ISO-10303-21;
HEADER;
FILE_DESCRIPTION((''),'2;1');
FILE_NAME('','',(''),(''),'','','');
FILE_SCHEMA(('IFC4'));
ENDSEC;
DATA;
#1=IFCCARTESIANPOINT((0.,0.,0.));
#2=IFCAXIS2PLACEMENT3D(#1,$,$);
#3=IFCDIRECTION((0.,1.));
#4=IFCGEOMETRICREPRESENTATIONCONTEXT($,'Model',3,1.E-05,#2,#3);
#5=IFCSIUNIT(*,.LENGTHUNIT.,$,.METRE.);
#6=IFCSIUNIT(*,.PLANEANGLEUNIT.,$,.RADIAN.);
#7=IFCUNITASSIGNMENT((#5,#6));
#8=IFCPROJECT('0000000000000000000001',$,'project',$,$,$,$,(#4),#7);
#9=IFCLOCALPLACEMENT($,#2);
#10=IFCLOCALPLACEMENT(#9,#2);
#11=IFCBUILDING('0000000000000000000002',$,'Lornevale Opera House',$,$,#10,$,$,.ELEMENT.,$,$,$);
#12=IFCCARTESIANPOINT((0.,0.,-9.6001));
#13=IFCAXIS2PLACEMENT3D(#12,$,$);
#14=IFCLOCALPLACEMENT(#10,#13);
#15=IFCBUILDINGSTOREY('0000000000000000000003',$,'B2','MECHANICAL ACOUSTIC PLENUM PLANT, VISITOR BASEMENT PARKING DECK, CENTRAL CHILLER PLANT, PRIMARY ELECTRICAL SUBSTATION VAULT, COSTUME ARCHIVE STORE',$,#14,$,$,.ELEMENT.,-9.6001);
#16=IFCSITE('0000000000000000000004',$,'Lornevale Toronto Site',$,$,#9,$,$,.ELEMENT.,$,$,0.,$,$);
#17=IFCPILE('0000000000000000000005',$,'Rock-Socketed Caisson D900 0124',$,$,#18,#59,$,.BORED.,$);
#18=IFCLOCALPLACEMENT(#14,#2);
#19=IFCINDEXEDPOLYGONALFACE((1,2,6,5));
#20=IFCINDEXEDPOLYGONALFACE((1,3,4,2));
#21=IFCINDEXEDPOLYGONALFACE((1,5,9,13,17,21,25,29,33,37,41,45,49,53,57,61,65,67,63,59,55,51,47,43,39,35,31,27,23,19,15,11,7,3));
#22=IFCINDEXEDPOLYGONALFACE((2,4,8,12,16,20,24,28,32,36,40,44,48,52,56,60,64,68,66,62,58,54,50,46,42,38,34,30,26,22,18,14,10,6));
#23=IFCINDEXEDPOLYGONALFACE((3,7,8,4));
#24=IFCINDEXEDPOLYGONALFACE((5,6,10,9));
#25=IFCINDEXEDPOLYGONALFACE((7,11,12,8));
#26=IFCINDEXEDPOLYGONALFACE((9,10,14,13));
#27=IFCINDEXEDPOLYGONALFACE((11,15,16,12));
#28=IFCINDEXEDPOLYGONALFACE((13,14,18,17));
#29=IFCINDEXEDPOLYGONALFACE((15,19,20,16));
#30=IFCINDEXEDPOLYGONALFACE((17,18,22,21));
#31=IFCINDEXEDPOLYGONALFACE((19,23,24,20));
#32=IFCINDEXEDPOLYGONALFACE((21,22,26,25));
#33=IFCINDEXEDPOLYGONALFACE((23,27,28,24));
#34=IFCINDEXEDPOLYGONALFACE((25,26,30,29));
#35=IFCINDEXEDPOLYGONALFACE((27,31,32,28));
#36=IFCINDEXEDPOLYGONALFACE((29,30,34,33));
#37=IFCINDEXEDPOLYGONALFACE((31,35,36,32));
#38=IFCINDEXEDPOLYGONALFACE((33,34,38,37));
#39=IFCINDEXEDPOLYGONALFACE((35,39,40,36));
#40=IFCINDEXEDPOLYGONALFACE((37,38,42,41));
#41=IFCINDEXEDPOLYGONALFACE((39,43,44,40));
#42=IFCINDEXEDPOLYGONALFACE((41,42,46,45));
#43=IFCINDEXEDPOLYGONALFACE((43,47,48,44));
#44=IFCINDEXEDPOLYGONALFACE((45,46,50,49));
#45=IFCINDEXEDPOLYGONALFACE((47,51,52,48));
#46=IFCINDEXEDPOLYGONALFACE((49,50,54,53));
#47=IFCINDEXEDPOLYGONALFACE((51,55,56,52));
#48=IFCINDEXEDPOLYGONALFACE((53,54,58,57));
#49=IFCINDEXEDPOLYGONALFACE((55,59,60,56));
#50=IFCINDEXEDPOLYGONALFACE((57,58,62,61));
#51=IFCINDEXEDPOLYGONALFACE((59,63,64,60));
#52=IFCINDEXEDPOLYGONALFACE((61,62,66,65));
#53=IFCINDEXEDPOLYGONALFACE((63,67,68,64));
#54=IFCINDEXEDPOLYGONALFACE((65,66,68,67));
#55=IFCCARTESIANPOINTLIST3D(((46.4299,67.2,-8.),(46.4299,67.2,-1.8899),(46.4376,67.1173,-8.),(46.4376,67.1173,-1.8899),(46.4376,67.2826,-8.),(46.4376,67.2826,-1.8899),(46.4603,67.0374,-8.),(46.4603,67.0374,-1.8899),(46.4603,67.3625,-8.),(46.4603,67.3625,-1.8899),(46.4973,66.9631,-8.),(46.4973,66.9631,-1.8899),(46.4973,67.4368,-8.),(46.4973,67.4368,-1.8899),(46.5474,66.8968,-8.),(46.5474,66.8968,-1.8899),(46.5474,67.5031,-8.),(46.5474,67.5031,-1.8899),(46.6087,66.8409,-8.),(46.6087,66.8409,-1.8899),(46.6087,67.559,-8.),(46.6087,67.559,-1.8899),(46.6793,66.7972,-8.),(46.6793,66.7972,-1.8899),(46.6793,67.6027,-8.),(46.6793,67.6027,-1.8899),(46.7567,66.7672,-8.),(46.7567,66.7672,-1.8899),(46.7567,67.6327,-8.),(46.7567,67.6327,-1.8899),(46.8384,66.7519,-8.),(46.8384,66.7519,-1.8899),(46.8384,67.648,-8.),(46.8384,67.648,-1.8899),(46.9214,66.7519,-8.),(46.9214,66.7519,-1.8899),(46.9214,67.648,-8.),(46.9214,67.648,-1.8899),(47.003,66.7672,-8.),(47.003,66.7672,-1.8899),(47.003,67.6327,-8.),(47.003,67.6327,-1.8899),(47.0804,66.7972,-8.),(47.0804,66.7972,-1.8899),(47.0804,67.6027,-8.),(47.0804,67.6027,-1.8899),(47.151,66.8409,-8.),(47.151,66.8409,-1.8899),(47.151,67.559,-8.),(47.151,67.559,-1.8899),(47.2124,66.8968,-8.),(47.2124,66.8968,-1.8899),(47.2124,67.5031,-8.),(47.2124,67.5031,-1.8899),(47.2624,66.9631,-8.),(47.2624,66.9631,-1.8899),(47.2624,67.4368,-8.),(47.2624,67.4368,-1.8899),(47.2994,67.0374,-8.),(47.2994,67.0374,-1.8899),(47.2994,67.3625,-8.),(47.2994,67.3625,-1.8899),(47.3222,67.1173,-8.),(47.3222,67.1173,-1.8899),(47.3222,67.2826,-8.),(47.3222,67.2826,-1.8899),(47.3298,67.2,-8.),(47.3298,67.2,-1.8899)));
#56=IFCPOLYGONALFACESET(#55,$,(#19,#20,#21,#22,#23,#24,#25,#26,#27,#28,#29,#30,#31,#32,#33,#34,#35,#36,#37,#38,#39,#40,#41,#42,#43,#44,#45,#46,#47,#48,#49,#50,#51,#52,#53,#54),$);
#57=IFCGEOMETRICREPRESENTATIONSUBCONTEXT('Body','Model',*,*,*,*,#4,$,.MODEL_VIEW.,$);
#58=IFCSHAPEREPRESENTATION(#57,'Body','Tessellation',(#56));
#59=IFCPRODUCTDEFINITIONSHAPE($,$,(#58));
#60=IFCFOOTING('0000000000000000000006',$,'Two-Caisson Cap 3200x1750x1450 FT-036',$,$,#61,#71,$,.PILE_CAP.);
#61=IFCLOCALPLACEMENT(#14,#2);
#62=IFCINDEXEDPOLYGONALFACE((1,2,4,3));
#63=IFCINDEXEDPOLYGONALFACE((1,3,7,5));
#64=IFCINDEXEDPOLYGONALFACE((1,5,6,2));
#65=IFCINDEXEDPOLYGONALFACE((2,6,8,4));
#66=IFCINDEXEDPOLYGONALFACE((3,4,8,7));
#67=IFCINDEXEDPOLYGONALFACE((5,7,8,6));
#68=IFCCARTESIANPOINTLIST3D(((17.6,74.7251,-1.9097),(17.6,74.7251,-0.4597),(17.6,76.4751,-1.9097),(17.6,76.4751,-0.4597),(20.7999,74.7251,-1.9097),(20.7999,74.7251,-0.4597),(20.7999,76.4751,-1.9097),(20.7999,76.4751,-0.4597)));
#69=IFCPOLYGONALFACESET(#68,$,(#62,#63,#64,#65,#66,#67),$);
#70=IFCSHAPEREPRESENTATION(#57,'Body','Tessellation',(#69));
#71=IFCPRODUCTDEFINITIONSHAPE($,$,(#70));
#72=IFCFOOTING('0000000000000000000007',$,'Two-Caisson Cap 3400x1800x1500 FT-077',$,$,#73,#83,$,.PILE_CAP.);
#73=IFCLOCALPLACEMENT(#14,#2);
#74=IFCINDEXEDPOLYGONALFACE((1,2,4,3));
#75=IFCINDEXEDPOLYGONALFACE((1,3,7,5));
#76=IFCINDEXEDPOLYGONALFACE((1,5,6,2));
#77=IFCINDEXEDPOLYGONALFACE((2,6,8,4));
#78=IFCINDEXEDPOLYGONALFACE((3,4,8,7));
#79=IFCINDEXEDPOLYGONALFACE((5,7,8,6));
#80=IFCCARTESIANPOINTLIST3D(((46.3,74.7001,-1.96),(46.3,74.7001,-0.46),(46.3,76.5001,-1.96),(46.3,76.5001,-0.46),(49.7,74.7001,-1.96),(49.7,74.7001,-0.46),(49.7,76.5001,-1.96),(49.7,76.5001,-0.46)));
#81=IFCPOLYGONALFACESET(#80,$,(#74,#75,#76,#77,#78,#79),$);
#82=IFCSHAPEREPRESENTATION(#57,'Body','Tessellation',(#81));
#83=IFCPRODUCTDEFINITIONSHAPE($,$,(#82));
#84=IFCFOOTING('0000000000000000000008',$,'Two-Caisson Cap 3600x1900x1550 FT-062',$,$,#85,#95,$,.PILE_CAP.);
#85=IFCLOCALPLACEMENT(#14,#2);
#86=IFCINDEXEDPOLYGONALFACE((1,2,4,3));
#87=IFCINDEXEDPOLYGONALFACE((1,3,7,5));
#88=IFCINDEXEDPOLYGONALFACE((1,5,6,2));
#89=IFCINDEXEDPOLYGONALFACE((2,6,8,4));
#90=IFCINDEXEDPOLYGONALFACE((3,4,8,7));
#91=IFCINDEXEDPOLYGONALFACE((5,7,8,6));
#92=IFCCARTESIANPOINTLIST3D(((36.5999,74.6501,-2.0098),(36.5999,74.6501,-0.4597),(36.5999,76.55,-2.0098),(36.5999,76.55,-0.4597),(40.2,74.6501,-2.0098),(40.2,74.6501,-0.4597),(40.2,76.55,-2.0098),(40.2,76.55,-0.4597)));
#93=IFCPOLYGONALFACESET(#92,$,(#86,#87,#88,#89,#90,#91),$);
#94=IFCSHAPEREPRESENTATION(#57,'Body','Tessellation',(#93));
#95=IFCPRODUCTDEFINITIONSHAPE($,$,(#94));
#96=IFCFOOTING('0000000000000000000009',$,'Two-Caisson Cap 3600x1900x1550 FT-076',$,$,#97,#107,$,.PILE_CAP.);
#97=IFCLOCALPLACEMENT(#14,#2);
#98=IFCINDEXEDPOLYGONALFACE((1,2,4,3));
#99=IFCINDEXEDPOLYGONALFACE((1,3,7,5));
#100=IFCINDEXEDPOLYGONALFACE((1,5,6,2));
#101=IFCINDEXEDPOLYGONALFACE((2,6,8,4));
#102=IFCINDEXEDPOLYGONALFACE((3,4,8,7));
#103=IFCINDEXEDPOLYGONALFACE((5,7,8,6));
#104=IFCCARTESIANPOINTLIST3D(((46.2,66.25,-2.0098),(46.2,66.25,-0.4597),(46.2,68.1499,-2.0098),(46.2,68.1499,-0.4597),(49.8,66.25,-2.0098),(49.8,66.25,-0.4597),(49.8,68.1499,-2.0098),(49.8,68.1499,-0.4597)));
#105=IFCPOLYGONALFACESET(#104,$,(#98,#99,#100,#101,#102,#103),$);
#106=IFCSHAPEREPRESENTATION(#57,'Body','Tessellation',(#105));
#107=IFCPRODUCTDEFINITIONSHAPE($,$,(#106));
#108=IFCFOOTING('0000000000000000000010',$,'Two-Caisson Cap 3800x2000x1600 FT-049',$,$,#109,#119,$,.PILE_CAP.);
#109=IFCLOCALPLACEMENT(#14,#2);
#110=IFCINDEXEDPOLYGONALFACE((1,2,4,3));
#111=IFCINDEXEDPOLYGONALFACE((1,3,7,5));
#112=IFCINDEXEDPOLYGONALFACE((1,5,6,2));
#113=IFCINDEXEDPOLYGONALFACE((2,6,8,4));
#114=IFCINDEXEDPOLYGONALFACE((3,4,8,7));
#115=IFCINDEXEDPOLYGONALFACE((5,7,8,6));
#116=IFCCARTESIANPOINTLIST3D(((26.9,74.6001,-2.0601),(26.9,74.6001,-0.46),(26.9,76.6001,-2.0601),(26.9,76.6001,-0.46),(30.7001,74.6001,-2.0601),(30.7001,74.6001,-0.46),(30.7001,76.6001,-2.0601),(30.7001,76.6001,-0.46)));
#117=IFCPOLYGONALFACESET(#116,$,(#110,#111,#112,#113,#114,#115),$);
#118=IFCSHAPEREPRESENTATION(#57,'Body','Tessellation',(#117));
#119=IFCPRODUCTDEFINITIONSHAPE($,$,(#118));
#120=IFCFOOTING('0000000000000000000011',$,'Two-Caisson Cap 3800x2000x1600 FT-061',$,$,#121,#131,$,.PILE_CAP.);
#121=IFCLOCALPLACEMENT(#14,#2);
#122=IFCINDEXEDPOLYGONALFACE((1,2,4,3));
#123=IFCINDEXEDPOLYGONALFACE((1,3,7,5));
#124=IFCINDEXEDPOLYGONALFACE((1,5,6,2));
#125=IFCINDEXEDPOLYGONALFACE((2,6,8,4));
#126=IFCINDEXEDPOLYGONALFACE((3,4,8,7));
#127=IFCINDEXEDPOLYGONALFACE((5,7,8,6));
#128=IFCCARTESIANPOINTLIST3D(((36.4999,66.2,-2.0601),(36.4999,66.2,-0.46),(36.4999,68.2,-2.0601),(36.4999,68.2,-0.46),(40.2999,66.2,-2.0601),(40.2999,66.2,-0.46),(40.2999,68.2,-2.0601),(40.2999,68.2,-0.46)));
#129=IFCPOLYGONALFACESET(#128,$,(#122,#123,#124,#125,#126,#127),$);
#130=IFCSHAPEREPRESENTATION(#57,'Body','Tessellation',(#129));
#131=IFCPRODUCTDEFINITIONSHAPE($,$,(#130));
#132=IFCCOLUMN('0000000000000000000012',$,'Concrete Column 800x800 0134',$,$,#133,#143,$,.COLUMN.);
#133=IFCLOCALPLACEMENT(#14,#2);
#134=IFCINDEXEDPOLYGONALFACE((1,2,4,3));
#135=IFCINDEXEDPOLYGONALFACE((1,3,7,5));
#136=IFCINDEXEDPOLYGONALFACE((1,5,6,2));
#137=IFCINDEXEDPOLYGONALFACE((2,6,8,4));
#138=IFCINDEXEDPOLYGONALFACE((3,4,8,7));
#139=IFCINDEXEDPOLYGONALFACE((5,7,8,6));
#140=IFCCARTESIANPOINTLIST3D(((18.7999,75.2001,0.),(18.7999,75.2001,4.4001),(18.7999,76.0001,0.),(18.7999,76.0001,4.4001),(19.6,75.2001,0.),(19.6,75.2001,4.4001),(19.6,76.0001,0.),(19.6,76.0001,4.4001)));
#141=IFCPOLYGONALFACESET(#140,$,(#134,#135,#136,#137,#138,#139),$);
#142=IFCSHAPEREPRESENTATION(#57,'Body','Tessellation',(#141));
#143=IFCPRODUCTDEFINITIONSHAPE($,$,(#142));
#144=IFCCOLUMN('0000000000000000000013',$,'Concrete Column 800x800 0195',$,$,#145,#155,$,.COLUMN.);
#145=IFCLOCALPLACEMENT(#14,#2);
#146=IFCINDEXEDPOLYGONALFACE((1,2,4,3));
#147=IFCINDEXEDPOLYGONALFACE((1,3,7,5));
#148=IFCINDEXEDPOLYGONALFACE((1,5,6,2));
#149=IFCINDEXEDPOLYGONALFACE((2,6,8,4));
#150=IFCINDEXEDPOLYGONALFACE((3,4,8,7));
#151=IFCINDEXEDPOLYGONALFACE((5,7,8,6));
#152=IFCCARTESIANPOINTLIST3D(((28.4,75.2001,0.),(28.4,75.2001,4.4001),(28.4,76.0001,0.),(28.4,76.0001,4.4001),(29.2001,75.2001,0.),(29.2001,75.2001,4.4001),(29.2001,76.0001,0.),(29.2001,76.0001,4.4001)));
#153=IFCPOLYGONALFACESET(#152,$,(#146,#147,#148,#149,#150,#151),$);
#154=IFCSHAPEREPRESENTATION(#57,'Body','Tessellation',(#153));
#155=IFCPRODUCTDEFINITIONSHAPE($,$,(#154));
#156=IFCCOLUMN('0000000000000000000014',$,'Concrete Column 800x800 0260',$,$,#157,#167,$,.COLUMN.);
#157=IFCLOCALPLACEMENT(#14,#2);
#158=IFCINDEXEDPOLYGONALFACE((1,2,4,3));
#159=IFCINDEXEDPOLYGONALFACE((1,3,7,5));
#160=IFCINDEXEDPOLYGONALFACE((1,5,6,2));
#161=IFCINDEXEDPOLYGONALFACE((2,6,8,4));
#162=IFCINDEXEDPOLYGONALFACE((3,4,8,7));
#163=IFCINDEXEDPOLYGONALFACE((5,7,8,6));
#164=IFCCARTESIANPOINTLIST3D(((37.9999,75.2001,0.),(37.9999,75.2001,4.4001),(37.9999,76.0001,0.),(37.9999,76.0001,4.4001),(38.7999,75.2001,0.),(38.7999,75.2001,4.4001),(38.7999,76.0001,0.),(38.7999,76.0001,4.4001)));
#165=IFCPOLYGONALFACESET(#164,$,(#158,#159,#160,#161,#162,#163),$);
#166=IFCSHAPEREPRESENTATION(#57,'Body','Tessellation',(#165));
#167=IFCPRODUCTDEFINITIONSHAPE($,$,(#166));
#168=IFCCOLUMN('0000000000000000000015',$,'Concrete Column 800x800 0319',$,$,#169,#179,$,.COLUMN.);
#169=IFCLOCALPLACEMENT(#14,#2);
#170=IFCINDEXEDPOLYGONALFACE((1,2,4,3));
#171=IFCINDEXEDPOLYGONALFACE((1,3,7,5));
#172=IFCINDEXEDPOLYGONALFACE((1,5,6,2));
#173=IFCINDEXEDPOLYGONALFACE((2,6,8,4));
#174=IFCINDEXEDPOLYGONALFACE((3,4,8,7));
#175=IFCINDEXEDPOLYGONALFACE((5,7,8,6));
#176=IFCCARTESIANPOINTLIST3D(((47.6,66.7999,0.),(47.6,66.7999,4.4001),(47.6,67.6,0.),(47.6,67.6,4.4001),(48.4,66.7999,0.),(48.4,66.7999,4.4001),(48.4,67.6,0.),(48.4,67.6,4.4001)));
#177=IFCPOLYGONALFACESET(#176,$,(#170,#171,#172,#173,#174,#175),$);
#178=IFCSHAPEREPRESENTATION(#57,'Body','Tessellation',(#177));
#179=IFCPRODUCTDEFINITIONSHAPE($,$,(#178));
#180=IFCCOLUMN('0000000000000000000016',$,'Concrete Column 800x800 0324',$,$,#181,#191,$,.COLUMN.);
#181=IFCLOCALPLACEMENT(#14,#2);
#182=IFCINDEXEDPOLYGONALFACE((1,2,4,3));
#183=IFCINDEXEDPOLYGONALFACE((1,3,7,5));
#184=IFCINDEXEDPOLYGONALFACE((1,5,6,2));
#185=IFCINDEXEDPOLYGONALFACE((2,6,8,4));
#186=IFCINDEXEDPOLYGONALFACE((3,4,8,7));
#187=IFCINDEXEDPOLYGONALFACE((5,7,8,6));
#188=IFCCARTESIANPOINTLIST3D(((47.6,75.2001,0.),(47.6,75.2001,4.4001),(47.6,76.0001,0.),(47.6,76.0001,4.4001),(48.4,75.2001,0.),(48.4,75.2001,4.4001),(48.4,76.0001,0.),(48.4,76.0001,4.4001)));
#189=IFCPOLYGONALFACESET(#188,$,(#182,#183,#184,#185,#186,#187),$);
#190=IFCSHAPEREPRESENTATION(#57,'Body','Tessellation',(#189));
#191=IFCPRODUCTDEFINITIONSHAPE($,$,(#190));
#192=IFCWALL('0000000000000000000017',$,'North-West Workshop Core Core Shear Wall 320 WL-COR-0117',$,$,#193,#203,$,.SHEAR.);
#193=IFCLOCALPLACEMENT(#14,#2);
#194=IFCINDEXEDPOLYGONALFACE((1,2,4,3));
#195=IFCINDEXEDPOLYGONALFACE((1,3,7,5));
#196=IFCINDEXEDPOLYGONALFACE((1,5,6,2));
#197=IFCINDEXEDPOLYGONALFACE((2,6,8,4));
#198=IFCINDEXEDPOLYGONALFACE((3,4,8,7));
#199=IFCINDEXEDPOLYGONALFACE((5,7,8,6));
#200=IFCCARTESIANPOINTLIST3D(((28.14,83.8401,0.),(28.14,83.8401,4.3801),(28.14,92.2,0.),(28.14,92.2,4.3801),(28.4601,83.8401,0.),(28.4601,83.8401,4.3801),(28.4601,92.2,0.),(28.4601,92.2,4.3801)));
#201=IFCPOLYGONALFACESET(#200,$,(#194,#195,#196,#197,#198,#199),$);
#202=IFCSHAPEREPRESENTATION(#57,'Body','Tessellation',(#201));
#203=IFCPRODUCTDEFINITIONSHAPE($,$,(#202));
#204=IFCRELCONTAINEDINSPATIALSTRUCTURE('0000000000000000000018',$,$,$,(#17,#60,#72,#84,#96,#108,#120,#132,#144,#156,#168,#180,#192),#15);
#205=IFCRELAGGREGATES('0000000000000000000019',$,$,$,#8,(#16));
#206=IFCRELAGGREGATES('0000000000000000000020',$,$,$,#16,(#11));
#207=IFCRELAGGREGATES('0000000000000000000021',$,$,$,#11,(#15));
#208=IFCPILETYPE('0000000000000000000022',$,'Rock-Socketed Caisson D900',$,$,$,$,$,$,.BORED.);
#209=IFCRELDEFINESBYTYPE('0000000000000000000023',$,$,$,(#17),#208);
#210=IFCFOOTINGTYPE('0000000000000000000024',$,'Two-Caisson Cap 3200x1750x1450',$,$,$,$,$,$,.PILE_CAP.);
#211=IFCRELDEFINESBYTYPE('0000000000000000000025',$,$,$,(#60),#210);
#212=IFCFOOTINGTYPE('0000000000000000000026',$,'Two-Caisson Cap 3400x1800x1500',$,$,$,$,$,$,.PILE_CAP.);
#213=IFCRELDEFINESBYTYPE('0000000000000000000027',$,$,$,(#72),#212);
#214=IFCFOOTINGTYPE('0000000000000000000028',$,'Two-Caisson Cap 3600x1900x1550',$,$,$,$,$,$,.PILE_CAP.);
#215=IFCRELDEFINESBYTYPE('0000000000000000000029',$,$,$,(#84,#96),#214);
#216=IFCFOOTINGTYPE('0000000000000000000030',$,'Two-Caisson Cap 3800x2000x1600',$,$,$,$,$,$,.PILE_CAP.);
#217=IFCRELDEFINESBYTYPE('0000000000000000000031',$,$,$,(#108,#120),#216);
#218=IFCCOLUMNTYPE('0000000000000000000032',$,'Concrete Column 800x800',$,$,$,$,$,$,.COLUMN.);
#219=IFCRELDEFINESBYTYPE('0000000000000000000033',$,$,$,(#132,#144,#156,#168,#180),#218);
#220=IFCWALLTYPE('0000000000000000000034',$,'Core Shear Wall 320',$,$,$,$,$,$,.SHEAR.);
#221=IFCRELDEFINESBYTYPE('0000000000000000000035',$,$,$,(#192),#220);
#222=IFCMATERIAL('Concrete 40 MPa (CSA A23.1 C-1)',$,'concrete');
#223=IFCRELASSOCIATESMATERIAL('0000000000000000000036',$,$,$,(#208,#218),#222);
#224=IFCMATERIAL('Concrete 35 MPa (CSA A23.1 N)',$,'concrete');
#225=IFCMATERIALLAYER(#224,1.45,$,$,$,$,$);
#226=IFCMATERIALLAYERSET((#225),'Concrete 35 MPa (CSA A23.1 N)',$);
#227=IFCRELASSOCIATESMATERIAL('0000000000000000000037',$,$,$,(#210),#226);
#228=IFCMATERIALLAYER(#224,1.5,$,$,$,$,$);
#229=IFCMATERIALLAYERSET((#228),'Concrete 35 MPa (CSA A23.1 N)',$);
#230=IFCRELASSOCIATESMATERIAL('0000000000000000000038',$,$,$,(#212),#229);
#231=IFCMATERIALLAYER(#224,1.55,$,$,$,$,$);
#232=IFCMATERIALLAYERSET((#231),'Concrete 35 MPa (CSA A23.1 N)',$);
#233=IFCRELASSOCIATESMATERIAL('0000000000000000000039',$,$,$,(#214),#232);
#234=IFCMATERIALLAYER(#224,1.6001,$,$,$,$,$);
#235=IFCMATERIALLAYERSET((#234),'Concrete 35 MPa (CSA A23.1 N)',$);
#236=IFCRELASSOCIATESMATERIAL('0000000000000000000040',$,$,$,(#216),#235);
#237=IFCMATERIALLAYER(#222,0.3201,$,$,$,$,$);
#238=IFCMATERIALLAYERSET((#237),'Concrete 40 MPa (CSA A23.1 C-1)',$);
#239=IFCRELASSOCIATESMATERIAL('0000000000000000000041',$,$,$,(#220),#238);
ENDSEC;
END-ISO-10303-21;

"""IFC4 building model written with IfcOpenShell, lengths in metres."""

from ifc_helpers import new_model, si_unit, direction, frame, frame_2d, origin, origin_2d, place, context, subcontext, project, spatial, rectangle, circle, extrude, material, layer, layer_set, material_profile, profile_set, type_object, element, save


model = new_model("IFC4")

# Units and contexts
model_context = context("Model", 3, precision=1e-05, world=origin(), true_north=direction((0.0, 1.0)))
body_context = subcontext(model_context, "Body", "Model", "MODEL_VIEW")
ifc_project = project(units=[si_unit("LENGTHUNIT", "METRE"), si_unit("PLANEANGLEUNIT", "RADIAN")], contexts=[model_context])

# Site, building, storey
site_placement = place(None, origin())
site = spatial("IfcSite", under=ifc_project, at=site_placement, Name="Lornevale Toronto Site", CompositionType="ELEMENT", RefElevation=0.0)
building_placement = place(site_placement, origin())
building = spatial("IfcBuilding", under=site, at=building_placement, Name="Lornevale Opera House", CompositionType="ELEMENT")
storey_placement = place(building_placement, frame((0.0, 0.0, -9.6001)))
storey = spatial("IfcBuildingStorey", under=building, at=storey_placement, Name="B2", Description="MECHANICAL ACOUSTIC PLENUM PLANT, VISITOR BASEMENT PARKING DECK, CENTRAL CHILLER PLANT, PRIMARY ELECTRICAL SUBSTATION VAULT, COSTUME ARCHIVE STORE", CompositionType="ELEMENT", Elevation=-9.6001)

# Shared definitions
ifc_material_1 = material(Name="Concrete 35 MPa (CSA A23.1 N)", Category="concrete")

# Pile
ifc_material_2 = material(Name="Concrete 40 MPa (CSA A23.1 C-1)", Category="concrete")
ifc_material_profile_1 = material_profile(ifc_material_2, circle(Radius=0.45, at=origin_2d()), Name="CAIS900")
ifc_profile_set_1 = profile_set([ifc_material_profile_1], Name="Concrete 40 MPa (CSA A23.1 C-1)")
pile_type_1 = type_object("IfcPileType", Name="Rock-Socketed Caisson D900", PredefinedType="BORED", material=ifc_profile_set_1)
for number, where, z_axis, x_axis, name in (
    (1, (46.8799, 67.2, -1.8899), (0.0, 0.0, -1.0), (1.0, 0.0, 0.0), "Rock-Socketed Caisson D900 0124"),
):
    element("IfcPile", number, at=place(storey_placement, frame(where, z_axis=z_axis, x_axis=x_axis)), inside=storey, type_object=pile_type_1, Name=name, PredefinedType="BORED", context=body_context, shape_type="SweptSolid", body=[
        extrude(circle(Radius=0.45, at=origin_2d()), origin(), (0.0, 0.0, 1.0), 6.1101),
    ])

# Footings
ifc_layer_1 = layer(ifc_material_1, 1.45)
ifc_layer_set_1 = layer_set([ifc_layer_1], Name="Concrete 35 MPa (CSA A23.1 N)")
footing_type_1 = type_object("IfcFootingType", Name="Two-Caisson Cap 3200x1750x1450", PredefinedType="PILE_CAP", material=ifc_layer_set_1)
footing_1_placement = place(storey_placement, frame((19.2, 75.6001, -1.9097), z_axis=(0.0, 0.0, 1.0), x_axis=(1.0, 0.0, 0.0)))
element("IfcFooting", 2, at=footing_1_placement, inside=storey, type_object=footing_type_1, Name="Two-Caisson Cap 3200x1750x1450 FT-036", PredefinedType="PILE_CAP", context=body_context, shape_type="SweptSolid", body=[
    extrude(rectangle(XDim=3.2, YDim=1.75, at=origin_2d()), origin(), (0.0, 0.0, 1.0), 1.45),
])
ifc_layer_2 = layer(ifc_material_1, 1.5)
ifc_layer_set_2 = layer_set([ifc_layer_2], Name="Concrete 35 MPa (CSA A23.1 N)")
footing_type_2 = type_object("IfcFootingType", Name="Two-Caisson Cap 3400x1800x1500", PredefinedType="PILE_CAP", material=ifc_layer_set_2)
footing_2_placement = place(storey_placement, frame((48.0, 75.6001, -1.96), z_axis=(0.0, 0.0, 1.0), x_axis=(1.0, 0.0, 0.0)))
element("IfcFooting", 3, at=footing_2_placement, inside=storey, type_object=footing_type_2, Name="Two-Caisson Cap 3400x1800x1500 FT-077", PredefinedType="PILE_CAP", context=body_context, shape_type="SweptSolid", body=[
    extrude(rectangle(XDim=3.3999, YDim=1.8, at=origin_2d()), origin(), (0.0, 0.0, 1.0), 1.5),
])
ifc_layer_3 = layer(ifc_material_1, 1.55)
ifc_layer_set_3 = layer_set([ifc_layer_3], Name="Concrete 35 MPa (CSA A23.1 N)")
footing_type_3 = type_object("IfcFootingType", Name="Two-Caisson Cap 3600x1900x1550", PredefinedType="PILE_CAP", material=ifc_layer_set_3)
for number, where, z_axis, x_axis, name in (
    (4, (38.3999, 75.6001, -2.0098), (0.0, 0.0, 1.0), (1.0, 0.0, 0.0), "Two-Caisson Cap 3600x1900x1550 FT-062"),
    (5, (48.0, 67.2, -2.0098), (0.0, 0.0, 1.0), (1.0, 0.0, 0.0), "Two-Caisson Cap 3600x1900x1550 FT-076"),
):
    element("IfcFooting", number, at=place(storey_placement, frame(where, z_axis=z_axis, x_axis=x_axis)), inside=storey, type_object=footing_type_3, Name=name, PredefinedType="PILE_CAP", context=body_context, shape_type="SweptSolid", body=[
        extrude(rectangle(XDim=3.6001, YDim=1.8999, at=origin_2d()), origin(), (0.0, 0.0, 1.0), 1.55),
    ])
ifc_layer_4 = layer(ifc_material_1, 1.6001)
ifc_layer_set_4 = layer_set([ifc_layer_4], Name="Concrete 35 MPa (CSA A23.1 N)")
footing_type_4 = type_object("IfcFootingType", Name="Two-Caisson Cap 3800x2000x1600", PredefinedType="PILE_CAP", material=ifc_layer_set_4)
for number, where, z_axis, x_axis, name in (
    (6, (28.8, 75.6001, -2.0601), (0.0, 0.0, 1.0), (1.0, 0.0, 0.0), "Two-Caisson Cap 3800x2000x1600 FT-049"),
    (7, (38.3999, 67.2, -2.0601), (0.0, 0.0, 1.0), (1.0, 0.0, 0.0), "Two-Caisson Cap 3800x2000x1600 FT-061"),
):
    element("IfcFooting", number, at=place(storey_placement, frame(where, z_axis=z_axis, x_axis=x_axis)), inside=storey, type_object=footing_type_4, Name=name, PredefinedType="PILE_CAP", context=body_context, shape_type="SweptSolid", body=[
        extrude(rectangle(XDim=3.8, YDim=2.0, at=origin_2d()), origin(), (0.0, 0.0, 1.0), 1.6001),
    ])

# Columns
ifc_material_profile_2 = material_profile(ifc_material_2, rectangle(XDim=0.8, YDim=0.8, at=origin_2d()), Name="RC800x800")
ifc_profile_set_2 = profile_set([ifc_material_profile_2], Name="Concrete 40 MPa (CSA A23.1 C-1)")
column_type = type_object("IfcColumnType", Name="Concrete Column 800x800", PredefinedType="COLUMN", material=ifc_profile_set_2)
for number, where, z_axis, x_axis, name in (
    (8, (19.2, 75.6001, 0.0), (0.0, 0.0, 1.0), (1.0, 0.0, 0.0), "Concrete Column 800x800 0134"),
    (9, (28.8, 75.6001, 0.0), (0.0, 0.0, 1.0), (1.0, 0.0, 0.0), "Concrete Column 800x800 0195"),
    (10, (38.3999, 75.6001, 0.0), (0.0, 0.0, 1.0), (1.0, 0.0, 0.0), "Concrete Column 800x800 0260"),
    (11, (48.0, 67.2, 0.0), (0.0, 0.0, 1.0), (1.0, 0.0, 0.0), "Concrete Column 800x800 0319"),
    (12, (48.0, 75.6001, 0.0), (0.0, 0.0, 1.0), (1.0, 0.0, 0.0), "Concrete Column 800x800 0324"),
):
    element("IfcColumn", number, at=place(storey_placement, frame(where, z_axis=z_axis, x_axis=x_axis)), inside=storey, type_object=column_type, Name=name, PredefinedType="COLUMN", context=body_context, shape_type="SweptSolid", body=[
        extrude(rectangle(XDim=0.8, YDim=0.8, at=origin_2d()), origin(), (0.0, 0.0, 1.0), 4.4001),
    ])

# Wall
ifc_layer_5 = layer(ifc_material_2, 0.3201)
ifc_layer_set_5 = layer_set([ifc_layer_5], Name="Concrete 40 MPa (CSA A23.1 C-1)")
wall_type = type_object("IfcWallType", Name="Core Shear Wall 320", PredefinedType="SHEAR", material=ifc_layer_set_5)
wall_placement = place(storey_placement, frame((28.3, 83.8401, 0.0), z_axis=(0.0, 0.0, 1.0), x_axis=(0.0, 1.0, 0.0)))
element("IfcWall", 13, at=wall_placement, inside=storey, type_object=wall_type, Name="North-West Workshop Core Core Shear Wall 320 WL-COR-0117", PredefinedType="SHEAR", context=body_context, shape_type="SweptSolid", body=[
    extrude(rectangle(XDim=8.3599, YDim=0.3201, at=frame_2d((4.1799, 0.0))), origin(), (0.0, 0.0, 1.0), 4.3801),
])

save(model, "model.ifc")
